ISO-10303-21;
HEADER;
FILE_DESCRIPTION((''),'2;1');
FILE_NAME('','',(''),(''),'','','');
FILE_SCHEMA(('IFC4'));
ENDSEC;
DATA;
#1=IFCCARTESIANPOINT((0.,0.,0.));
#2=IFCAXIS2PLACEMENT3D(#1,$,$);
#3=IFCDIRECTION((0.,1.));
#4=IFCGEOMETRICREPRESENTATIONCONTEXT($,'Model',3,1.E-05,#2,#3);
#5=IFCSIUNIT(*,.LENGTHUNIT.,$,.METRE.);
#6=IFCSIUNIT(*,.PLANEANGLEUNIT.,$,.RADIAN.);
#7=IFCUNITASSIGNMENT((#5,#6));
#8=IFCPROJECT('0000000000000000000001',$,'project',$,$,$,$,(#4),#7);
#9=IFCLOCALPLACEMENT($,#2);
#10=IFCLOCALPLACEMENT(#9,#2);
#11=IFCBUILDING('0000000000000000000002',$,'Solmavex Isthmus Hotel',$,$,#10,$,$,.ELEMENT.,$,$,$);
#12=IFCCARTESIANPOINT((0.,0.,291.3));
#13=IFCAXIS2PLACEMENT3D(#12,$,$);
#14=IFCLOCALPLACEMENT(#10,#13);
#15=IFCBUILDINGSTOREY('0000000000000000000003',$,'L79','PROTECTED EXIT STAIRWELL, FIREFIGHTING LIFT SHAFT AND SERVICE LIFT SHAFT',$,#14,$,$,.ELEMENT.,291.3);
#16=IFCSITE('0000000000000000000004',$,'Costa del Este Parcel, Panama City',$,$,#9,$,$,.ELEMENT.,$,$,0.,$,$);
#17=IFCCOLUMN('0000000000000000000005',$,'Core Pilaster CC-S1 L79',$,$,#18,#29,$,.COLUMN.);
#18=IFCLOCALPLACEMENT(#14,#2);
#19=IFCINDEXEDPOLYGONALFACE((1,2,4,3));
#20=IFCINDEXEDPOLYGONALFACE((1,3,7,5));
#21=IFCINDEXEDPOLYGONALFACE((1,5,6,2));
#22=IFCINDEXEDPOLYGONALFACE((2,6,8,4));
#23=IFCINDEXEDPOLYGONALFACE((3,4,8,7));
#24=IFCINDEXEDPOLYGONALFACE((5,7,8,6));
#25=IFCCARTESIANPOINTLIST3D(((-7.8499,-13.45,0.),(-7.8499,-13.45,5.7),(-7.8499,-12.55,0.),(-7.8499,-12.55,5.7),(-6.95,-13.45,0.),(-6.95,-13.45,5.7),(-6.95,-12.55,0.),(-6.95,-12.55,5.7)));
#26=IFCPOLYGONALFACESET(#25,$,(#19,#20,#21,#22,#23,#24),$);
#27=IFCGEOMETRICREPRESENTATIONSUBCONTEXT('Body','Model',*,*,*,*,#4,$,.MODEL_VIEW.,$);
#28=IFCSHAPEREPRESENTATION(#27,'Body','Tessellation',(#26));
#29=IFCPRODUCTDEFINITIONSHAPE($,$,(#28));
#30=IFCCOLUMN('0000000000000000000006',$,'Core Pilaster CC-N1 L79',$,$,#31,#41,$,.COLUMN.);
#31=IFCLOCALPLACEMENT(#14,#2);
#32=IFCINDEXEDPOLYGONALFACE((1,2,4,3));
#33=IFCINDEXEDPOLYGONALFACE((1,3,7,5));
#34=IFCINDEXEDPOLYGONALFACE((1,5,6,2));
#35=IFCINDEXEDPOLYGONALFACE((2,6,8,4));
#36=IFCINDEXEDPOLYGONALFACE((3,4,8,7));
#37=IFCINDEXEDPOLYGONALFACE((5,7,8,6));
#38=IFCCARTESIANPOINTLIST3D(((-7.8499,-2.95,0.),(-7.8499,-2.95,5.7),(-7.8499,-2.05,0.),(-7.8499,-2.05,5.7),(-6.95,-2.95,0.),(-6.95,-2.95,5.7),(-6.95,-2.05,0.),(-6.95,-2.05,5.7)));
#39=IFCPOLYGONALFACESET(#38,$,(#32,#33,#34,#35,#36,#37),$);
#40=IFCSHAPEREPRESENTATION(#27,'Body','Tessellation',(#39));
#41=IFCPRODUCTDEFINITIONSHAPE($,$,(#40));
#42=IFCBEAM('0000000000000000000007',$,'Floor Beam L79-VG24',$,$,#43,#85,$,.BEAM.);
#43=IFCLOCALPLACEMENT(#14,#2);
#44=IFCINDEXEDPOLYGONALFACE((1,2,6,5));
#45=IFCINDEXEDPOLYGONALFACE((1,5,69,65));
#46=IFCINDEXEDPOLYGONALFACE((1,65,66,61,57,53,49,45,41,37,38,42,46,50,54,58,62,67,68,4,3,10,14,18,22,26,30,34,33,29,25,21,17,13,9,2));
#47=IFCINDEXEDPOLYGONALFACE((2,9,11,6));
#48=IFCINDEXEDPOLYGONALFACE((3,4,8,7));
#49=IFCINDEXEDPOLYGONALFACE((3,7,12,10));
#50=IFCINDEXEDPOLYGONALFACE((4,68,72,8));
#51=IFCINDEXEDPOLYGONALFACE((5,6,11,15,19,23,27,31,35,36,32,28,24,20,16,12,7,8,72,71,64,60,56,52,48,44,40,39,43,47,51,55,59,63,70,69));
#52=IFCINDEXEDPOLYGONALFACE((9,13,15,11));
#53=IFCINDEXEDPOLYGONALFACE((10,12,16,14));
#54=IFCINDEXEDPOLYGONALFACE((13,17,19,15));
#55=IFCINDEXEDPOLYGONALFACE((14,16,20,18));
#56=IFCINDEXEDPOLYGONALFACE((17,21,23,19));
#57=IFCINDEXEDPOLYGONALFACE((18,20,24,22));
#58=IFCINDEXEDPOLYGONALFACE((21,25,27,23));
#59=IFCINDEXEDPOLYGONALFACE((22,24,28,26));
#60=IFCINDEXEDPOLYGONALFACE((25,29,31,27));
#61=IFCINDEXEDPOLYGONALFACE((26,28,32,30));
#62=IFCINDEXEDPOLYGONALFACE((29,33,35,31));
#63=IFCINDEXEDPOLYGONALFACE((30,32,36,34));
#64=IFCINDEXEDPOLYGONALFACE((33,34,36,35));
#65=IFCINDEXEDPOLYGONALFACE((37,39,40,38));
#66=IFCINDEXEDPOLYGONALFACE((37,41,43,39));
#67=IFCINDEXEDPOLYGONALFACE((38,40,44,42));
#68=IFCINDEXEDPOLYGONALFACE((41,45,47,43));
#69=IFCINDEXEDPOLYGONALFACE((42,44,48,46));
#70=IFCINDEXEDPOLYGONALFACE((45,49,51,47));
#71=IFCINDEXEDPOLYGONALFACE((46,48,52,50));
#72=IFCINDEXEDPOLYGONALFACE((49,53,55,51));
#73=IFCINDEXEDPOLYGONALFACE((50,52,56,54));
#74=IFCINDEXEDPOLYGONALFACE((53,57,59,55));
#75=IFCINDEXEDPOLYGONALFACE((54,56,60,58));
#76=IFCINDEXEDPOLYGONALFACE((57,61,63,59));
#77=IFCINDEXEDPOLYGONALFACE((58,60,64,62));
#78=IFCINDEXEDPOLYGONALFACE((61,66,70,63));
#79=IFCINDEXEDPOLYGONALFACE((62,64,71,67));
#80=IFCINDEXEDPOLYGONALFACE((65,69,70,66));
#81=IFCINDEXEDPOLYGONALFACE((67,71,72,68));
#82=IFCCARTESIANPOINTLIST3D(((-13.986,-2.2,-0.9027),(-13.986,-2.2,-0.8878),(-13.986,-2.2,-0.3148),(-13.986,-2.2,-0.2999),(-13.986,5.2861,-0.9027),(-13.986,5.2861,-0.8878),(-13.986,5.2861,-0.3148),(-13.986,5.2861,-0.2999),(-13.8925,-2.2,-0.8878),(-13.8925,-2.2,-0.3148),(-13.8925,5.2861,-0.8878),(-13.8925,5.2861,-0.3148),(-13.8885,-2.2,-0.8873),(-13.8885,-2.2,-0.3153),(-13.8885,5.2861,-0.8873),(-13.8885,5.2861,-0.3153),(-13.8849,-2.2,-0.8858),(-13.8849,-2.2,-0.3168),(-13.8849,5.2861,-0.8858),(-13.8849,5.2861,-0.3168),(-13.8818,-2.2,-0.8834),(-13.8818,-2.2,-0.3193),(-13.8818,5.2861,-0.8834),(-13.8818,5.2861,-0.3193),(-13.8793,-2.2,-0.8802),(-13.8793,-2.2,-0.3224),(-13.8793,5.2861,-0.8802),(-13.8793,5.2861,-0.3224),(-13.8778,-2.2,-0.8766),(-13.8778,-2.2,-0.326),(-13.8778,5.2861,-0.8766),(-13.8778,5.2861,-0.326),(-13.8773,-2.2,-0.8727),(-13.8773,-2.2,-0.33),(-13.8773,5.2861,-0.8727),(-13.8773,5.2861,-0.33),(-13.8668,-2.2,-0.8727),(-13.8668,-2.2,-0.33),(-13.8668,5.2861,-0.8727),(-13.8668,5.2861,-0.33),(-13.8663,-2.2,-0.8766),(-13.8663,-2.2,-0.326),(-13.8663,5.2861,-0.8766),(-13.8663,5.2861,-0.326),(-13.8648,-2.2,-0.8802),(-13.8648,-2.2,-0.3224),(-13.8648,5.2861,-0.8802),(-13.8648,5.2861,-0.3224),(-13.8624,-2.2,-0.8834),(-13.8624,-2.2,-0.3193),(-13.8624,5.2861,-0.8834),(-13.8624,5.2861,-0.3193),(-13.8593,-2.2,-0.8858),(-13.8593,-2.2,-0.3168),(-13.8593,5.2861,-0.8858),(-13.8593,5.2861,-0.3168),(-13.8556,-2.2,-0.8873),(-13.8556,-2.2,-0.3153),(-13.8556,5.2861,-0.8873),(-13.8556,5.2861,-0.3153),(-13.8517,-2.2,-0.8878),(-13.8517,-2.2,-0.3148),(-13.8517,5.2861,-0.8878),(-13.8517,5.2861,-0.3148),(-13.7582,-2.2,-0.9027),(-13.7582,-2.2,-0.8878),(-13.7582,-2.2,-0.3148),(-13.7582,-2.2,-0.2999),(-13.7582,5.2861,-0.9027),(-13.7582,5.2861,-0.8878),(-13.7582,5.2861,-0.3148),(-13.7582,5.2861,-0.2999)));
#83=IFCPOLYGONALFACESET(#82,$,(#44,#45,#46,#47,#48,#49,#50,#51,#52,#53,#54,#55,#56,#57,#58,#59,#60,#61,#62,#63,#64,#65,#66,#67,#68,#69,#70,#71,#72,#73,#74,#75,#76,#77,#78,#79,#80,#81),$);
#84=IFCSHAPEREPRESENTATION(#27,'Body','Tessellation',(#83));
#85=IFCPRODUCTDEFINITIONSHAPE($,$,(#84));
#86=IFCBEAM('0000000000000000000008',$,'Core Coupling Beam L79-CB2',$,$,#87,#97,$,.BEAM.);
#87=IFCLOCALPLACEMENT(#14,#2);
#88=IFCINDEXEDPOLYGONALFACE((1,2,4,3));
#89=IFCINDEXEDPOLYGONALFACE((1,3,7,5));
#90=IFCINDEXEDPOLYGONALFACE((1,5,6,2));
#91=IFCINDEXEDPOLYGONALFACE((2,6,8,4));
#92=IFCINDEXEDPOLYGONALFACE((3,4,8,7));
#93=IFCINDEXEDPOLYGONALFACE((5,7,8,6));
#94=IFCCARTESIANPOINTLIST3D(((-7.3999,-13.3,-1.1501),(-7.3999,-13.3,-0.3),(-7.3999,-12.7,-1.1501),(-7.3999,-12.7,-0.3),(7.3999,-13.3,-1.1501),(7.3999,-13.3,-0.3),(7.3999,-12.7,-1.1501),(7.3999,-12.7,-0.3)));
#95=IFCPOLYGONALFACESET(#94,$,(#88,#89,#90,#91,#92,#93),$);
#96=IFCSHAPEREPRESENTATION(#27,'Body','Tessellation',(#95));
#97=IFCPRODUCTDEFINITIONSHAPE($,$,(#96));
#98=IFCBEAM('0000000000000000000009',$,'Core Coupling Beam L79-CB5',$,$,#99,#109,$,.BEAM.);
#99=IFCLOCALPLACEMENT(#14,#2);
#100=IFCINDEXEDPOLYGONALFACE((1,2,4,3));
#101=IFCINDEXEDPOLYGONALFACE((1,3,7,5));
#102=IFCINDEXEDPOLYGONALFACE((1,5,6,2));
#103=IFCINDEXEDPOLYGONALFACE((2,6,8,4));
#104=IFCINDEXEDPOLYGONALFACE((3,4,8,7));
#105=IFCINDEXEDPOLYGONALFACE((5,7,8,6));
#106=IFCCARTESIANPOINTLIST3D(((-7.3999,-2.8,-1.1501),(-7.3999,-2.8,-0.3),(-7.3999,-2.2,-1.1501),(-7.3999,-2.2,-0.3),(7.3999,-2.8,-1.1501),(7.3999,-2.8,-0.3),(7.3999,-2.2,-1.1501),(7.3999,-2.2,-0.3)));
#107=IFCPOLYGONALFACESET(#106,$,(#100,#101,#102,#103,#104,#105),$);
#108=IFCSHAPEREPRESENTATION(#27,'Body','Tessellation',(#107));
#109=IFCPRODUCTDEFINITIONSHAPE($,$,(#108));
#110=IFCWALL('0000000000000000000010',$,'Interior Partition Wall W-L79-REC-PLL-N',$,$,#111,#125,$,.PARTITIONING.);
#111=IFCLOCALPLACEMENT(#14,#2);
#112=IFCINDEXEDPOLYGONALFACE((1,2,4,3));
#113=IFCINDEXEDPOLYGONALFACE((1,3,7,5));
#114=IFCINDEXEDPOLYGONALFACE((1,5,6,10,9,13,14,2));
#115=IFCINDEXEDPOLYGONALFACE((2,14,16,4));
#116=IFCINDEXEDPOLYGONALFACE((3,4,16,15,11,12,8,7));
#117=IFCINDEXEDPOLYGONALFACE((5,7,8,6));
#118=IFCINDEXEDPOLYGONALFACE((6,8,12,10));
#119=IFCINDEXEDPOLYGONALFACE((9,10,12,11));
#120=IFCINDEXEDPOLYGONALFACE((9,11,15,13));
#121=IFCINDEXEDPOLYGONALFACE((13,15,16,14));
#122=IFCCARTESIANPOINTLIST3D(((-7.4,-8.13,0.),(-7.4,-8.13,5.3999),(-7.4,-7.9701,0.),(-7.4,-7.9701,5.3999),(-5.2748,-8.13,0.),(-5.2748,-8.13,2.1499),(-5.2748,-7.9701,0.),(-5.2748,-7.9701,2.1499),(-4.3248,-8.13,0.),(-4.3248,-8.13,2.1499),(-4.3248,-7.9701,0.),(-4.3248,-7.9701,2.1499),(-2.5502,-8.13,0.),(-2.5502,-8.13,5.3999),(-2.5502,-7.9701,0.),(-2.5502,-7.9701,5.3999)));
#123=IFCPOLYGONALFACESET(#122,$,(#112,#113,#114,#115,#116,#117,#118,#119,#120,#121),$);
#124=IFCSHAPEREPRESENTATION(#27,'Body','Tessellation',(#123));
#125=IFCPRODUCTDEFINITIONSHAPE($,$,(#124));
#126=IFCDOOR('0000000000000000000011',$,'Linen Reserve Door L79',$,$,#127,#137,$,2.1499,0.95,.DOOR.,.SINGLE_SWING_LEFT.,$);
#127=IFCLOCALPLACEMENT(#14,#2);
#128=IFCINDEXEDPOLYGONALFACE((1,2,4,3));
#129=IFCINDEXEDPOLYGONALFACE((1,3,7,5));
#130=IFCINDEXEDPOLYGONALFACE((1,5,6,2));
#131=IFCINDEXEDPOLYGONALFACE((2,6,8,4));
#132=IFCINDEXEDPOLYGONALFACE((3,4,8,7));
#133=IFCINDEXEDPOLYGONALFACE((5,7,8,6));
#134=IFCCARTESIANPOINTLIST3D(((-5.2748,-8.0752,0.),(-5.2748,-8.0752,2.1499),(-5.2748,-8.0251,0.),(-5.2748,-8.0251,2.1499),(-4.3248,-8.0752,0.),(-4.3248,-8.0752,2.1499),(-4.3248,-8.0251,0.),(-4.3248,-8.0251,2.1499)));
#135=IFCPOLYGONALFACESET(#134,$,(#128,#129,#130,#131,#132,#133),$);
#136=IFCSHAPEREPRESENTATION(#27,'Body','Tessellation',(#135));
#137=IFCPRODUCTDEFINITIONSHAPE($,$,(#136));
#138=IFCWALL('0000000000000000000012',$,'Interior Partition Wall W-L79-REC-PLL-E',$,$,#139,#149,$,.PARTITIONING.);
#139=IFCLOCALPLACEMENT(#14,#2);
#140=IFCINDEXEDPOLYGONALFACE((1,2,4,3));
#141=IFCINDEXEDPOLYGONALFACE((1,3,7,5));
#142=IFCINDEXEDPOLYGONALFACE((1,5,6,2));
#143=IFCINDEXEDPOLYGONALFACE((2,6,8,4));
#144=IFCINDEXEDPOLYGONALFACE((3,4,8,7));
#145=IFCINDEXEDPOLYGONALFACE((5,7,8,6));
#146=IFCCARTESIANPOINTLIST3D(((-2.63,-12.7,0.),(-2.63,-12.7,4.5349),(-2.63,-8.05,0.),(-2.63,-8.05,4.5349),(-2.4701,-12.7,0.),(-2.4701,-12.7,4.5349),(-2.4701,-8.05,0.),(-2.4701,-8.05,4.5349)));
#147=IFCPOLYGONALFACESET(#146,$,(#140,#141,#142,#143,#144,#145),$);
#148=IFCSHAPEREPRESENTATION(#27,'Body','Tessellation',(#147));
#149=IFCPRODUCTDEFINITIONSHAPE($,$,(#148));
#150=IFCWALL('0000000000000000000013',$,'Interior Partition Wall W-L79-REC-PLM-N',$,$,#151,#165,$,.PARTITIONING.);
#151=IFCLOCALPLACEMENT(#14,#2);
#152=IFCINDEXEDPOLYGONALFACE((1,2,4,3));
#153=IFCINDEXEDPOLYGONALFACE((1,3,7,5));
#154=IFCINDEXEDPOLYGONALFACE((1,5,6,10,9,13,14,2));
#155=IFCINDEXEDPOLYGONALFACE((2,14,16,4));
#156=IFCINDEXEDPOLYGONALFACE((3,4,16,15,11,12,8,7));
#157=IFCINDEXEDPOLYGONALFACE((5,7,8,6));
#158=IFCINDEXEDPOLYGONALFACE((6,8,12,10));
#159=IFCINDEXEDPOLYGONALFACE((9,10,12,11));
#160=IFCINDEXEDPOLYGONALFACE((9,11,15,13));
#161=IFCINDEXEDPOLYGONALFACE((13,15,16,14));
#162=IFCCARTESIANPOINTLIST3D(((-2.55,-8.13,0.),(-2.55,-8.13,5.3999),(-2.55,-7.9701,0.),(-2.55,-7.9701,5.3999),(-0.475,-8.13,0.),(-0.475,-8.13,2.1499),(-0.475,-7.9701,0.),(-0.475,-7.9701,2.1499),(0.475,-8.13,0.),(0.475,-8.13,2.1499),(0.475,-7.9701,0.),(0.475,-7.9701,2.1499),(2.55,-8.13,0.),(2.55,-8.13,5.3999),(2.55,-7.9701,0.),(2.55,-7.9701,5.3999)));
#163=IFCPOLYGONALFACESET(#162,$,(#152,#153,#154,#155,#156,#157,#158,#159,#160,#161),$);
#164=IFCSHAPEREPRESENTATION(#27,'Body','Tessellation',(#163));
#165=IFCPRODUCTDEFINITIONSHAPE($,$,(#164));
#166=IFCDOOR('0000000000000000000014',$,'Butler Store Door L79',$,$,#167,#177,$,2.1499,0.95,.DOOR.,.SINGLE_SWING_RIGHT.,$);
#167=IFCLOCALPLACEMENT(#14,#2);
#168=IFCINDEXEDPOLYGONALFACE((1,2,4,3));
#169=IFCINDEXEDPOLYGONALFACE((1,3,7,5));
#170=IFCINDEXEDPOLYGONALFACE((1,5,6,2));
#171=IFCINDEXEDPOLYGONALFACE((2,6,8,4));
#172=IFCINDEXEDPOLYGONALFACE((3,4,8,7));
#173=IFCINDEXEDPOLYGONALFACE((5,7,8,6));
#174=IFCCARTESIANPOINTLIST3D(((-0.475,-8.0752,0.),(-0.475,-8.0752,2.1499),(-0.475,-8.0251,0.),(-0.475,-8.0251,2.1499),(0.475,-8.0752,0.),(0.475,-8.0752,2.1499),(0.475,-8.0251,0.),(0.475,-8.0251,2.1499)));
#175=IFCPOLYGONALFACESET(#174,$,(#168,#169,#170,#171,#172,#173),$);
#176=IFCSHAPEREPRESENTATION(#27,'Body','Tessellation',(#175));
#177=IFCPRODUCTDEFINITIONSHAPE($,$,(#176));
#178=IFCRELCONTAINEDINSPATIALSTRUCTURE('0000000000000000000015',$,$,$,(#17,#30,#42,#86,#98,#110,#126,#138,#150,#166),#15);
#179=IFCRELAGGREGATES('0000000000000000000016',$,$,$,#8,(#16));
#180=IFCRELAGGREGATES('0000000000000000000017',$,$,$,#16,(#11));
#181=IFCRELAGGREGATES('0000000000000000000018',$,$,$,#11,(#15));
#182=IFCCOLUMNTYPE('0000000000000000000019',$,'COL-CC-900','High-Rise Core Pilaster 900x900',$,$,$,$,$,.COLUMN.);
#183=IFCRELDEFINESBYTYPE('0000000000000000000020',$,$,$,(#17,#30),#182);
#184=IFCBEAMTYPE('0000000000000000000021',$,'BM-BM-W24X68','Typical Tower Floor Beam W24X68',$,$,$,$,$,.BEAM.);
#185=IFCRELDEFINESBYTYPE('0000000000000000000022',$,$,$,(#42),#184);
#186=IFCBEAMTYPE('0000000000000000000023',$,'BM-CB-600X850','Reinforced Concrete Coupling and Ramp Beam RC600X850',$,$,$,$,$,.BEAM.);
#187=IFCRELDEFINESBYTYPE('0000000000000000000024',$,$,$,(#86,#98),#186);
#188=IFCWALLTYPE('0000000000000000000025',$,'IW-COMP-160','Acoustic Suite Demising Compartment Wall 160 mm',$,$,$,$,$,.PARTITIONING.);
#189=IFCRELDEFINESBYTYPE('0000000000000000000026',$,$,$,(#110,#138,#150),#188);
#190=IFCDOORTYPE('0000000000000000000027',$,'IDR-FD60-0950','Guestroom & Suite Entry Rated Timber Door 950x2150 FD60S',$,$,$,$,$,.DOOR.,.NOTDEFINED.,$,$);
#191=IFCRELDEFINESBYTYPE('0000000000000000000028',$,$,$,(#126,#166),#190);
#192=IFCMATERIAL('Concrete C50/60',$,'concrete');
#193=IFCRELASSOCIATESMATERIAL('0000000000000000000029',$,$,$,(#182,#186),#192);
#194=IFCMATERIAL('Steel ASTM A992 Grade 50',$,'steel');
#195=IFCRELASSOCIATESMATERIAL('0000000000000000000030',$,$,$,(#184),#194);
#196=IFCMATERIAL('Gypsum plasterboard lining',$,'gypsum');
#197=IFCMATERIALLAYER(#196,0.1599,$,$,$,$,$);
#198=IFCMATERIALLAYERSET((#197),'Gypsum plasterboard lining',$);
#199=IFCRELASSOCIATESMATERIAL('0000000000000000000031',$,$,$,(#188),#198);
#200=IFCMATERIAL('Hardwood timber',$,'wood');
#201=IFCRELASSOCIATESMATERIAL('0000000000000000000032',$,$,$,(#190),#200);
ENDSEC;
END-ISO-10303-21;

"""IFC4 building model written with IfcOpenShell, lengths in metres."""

from ifc_helpers import new_model, si_unit, direction, frame, frame_2d, origin, origin_2d, place, context, subcontext, project, spatial, rectangle, i_section, extrude, material, layer, layer_set, material_profile, profile_set, type_object, element, fill, save


model = new_model("IFC4")

# Units and contexts
model_context = context("Model", 3, precision=1e-05, world=origin(), true_north=direction((0.0, 1.0)))
body_context = subcontext(model_context, "Body", "Model", "MODEL_VIEW")
ifc_project = project(units=[si_unit("LENGTHUNIT", "METRE"), si_unit("PLANEANGLEUNIT", "RADIAN")], contexts=[model_context])

# Site, building, storey
site_placement = place(None, origin())
site = spatial("IfcSite", under=ifc_project, at=site_placement, Name="Costa del Este Parcel, Panama City", CompositionType="ELEMENT", RefElevation=0.0)
building_placement = place(site_placement, origin())
building = spatial("IfcBuilding", under=site, at=building_placement, Name="Solmavex Isthmus Hotel", CompositionType="ELEMENT")
storey_placement = place(building_placement, frame((0.0, 0.0, 291.3)))
storey = spatial("IfcBuildingStorey", under=building, at=storey_placement, Name="L79", Description="PROTECTED EXIT STAIRWELL, FIREFIGHTING LIFT SHAFT AND SERVICE LIFT SHAFT", CompositionType="ELEMENT", Elevation=291.3)

# Columns
ifc_material_1 = material(Name="Concrete C50/60", Category="concrete")
ifc_material_profile_1 = material_profile(ifc_material_1, rectangle(XDim=0.8999, YDim=0.8999, at=origin_2d()), Name="RC900X900")
ifc_profile_set_1 = profile_set([ifc_material_profile_1], Name="Concrete C50/60")
column_type = type_object("IfcColumnType", Name="COL-CC-900", Description="High-Rise Core Pilaster 900x900", PredefinedType="COLUMN", material=ifc_profile_set_1)
for number, where, z_axis, x_axis, name in (
    (1, (-7.3999, -13.0, 0.0), (0.0, 0.0, 1.0), (1.0, 0.0, 0.0), "Core Pilaster CC-S1 L79"),
    (2, (-7.3999, -2.5, 0.0), (0.0, 0.0, 1.0), (1.0, 0.0, 0.0), "Core Pilaster CC-N1 L79"),
):
    element("IfcColumn", number, at=place(storey_placement, frame(where, z_axis=z_axis, x_axis=x_axis)), inside=storey, type_object=column_type, Name=name, PredefinedType="COLUMN", context=body_context, shape_type="SweptSolid", body=[
        extrude(rectangle(XDim=0.8999, YDim=0.8999, at=origin_2d()), origin(), (0.0, 0.0, 1.0), 5.7),
    ])

# Beams
ifc_material_2 = material(Name="Steel ASTM A992 Grade 50", Category="steel")
ifc_material_profile_2 = material_profile(ifc_material_2, i_section(OverallWidth=0.2278, OverallDepth=0.6028, WebThickness=0.0105, FlangeThickness=0.0149, FilletRadius=0.0151, at=origin_2d()), Name="W24X68")
ifc_profile_set_2 = profile_set([ifc_material_profile_2], Name="Steel ASTM A992 Grade 50")
beam_type_1 = type_object("IfcBeamType", Name="BM-BM-W24X68", Description="Typical Tower Floor Beam W24X68", PredefinedType="BEAM", material=ifc_profile_set_2)
beam_placement = place(storey_placement, frame((-13.8721, -2.2, -0.6013), z_axis=(0.0, 1.0, 0.0), x_axis=(-1.0, 0.0, 0.0)))
element("IfcBeam", 3, at=beam_placement, inside=storey, type_object=beam_type_1, Name="Floor Beam L79-VG24", PredefinedType="BEAM", context=body_context, shape_type="SweptSolid", body=[
    extrude(i_section(OverallWidth=0.2278, OverallDepth=0.6028, WebThickness=0.0105, FlangeThickness=0.0149, FilletRadius=0.0151, at=origin_2d()), origin(), (0.0, 0.0, 1.0), 7.4861),
])
ifc_material_profile_3 = material_profile(ifc_material_1, rectangle(XDim=0.6001, YDim=0.8501, at=origin_2d()), Name="RC600X850")
ifc_profile_set_3 = profile_set([ifc_material_profile_3], Name="Concrete C50/60")
beam_type_2 = type_object("IfcBeamType", Name="BM-CB-600X850", Description="Reinforced Concrete Coupling and Ramp Beam RC600X850", PredefinedType="BEAM", material=ifc_profile_set_3)
for number, where, z_axis, x_axis, name in (
    (4, (-7.3999, -13.0, -0.7251), (1.0, 0.0, 0.0), (0.0, 1.0, 0.0), "Core Coupling Beam L79-CB2"),
    (5, (-7.3999, -2.5, -0.7251), (1.0, 0.0, 0.0), (0.0, 1.0, 0.0), "Core Coupling Beam L79-CB5"),
):
    element("IfcBeam", number, at=place(storey_placement, frame(where, z_axis=z_axis, x_axis=x_axis)), inside=storey, type_object=beam_type_2, Name=name, PredefinedType="BEAM", context=body_context, shape_type="SweptSolid", body=[
        extrude(rectangle(XDim=0.6001, YDim=0.8501, at=origin_2d()), origin(), (0.0, 0.0, 1.0), 14.7998),
    ])

# Wall, opening, door
ifc_material_3 = material(Name="Gypsum plasterboard lining", Category="gypsum")
ifc_layer_1 = layer(ifc_material_3, 0.1599)
ifc_layer_set_1 = layer_set([ifc_layer_1], Name="Gypsum plasterboard lining")
wall_type_1 = type_object("IfcWallType", Name="IW-COMP-160", Description="Acoustic Suite Demising Compartment Wall 160 mm", PredefinedType="PARTITIONING", material=ifc_layer_set_1)
wall_1_placement = place(storey_placement, frame((-7.3999, -8.05, 0.0), z_axis=(0.0, 0.0, 1.0), x_axis=(1.0, 0.0, 0.0)))
wall_1 = element("IfcWall", 6, at=wall_1_placement, inside=storey, type_object=wall_type_1, Name="Interior Partition Wall W-L79-REC-PLL-N", PredefinedType="PARTITIONING", context=body_context, shape_type="SweptSolid", body=[
    extrude(rectangle(XDim=4.8499, YDim=0.1599, at=frame_2d((2.4248, 0.0))), origin(), (0.0, 0.0, 1.0), 5.3999),
])
opening_1_placement = place(wall_1_placement, frame((2.125, 0.0, 0.0)))
opening_1 = element("IfcOpeningElement", 7, at=opening_1_placement, cuts=wall_1, PredefinedType="OPENING", context=body_context, shape_type="SweptSolid", body=[
    extrude(rectangle(XDim=0.95, YDim=2.1499, at=frame_2d((0.4751, 1.075))), frame((0.0, 0.0898, 0.0), z_axis=(0.0, -1.0, 0.0), x_axis=(1.0, 0.0, 0.0)), (0.0, 0.0, 1.0), 0.1799),
])
ifc_material_4 = material(Name="Hardwood timber", Category="wood")
door_type_1 = type_object("IfcDoorType", Name="IDR-FD60-0950", Description="Guestroom & Suite Entry Rated Timber Door 950x2150 FD60S", OperationType="NOTDEFINED", PredefinedType="DOOR", material=ifc_material_4)
door_1_placement = place(opening_1_placement, origin())
door_1 = element("IfcDoor", 8, at=door_1_placement, inside=storey, type_object=door_type_1, Name="Linen Reserve Door L79", OperationType="SINGLE_SWING_LEFT", OverallHeight=2.1499, OverallWidth=0.95, PredefinedType="DOOR", context=body_context, shape_type="SweptSolid", body=[
    extrude(rectangle(XDim=0.95, YDim=2.1499, at=frame_2d((0.4751, 1.075))), frame((0.0, 0.0249, 0.0), z_axis=(0.0, -1.0, 0.0), x_axis=(1.0, 0.0, 0.0)), (0.0, 0.0, 1.0), 0.05),
])
fill(opening_1, door_1)

# Wall
wall_2_placement = place(storey_placement, frame((-2.55, -12.7, 0.0), z_axis=(0.0, 0.0, 1.0), x_axis=(0.0, 1.0, 0.0)))
element("IfcWall", 9, at=wall_2_placement, inside=storey, type_object=wall_type_1, Name="Interior Partition Wall W-L79-REC-PLL-E", PredefinedType="PARTITIONING", context=body_context, shape_type="SweptSolid", body=[
    extrude(rectangle(XDim=4.6499, YDim=0.1599, at=frame_2d((2.325, 0.0))), origin(), (0.0, 0.0, 1.0), 4.5349),
])

# Wall, opening, door
wall_3_placement = place(storey_placement, frame((-2.55, -8.05, 0.0), z_axis=(0.0, 0.0, 1.0), x_axis=(1.0, 0.0, 0.0)))
wall_3 = element("IfcWall", 10, at=wall_3_placement, inside=storey, type_object=wall_type_1, Name="Interior Partition Wall W-L79-REC-PLM-N", PredefinedType="PARTITIONING", context=body_context, shape_type="SweptSolid", body=[
    extrude(rectangle(XDim=5.1001, YDim=0.1599, at=frame_2d((2.55, 0.0))), origin(), (0.0, 0.0, 1.0), 5.3999),
])
opening_2_placement = place(wall_3_placement, frame((2.075, 0.0, 0.0)))
opening_2 = element("IfcOpeningElement", 11, at=opening_2_placement, cuts=wall_3, PredefinedType="OPENING", context=body_context, shape_type="SweptSolid", body=[
    extrude(rectangle(XDim=0.95, YDim=2.1499, at=frame_2d((0.4751, 1.075))), frame((0.0, 0.0898, 0.0), z_axis=(0.0, -1.0, 0.0), x_axis=(1.0, 0.0, 0.0)), (0.0, 0.0, 1.0), 0.1799),
])
door_2_placement = place(opening_2_placement, origin())
door_2 = element("IfcDoor", 12, at=door_2_placement, inside=storey, type_object=door_type_1, Name="Butler Store Door L79", OperationType="SINGLE_SWING_RIGHT", OverallHeight=2.1499, OverallWidth=0.95, PredefinedType="DOOR", context=body_context, shape_type="SweptSolid", body=[
    extrude(rectangle(XDim=0.95, YDim=2.1499, at=frame_2d((0.4751, 1.075))), frame((0.0, 0.0249, 0.0), z_axis=(0.0, -1.0, 0.0), x_axis=(1.0, 0.0, 0.0)), (0.0, 0.0, 1.0), 0.05),
])
fill(opening_2, door_2)

save(model, "model.ifc")
